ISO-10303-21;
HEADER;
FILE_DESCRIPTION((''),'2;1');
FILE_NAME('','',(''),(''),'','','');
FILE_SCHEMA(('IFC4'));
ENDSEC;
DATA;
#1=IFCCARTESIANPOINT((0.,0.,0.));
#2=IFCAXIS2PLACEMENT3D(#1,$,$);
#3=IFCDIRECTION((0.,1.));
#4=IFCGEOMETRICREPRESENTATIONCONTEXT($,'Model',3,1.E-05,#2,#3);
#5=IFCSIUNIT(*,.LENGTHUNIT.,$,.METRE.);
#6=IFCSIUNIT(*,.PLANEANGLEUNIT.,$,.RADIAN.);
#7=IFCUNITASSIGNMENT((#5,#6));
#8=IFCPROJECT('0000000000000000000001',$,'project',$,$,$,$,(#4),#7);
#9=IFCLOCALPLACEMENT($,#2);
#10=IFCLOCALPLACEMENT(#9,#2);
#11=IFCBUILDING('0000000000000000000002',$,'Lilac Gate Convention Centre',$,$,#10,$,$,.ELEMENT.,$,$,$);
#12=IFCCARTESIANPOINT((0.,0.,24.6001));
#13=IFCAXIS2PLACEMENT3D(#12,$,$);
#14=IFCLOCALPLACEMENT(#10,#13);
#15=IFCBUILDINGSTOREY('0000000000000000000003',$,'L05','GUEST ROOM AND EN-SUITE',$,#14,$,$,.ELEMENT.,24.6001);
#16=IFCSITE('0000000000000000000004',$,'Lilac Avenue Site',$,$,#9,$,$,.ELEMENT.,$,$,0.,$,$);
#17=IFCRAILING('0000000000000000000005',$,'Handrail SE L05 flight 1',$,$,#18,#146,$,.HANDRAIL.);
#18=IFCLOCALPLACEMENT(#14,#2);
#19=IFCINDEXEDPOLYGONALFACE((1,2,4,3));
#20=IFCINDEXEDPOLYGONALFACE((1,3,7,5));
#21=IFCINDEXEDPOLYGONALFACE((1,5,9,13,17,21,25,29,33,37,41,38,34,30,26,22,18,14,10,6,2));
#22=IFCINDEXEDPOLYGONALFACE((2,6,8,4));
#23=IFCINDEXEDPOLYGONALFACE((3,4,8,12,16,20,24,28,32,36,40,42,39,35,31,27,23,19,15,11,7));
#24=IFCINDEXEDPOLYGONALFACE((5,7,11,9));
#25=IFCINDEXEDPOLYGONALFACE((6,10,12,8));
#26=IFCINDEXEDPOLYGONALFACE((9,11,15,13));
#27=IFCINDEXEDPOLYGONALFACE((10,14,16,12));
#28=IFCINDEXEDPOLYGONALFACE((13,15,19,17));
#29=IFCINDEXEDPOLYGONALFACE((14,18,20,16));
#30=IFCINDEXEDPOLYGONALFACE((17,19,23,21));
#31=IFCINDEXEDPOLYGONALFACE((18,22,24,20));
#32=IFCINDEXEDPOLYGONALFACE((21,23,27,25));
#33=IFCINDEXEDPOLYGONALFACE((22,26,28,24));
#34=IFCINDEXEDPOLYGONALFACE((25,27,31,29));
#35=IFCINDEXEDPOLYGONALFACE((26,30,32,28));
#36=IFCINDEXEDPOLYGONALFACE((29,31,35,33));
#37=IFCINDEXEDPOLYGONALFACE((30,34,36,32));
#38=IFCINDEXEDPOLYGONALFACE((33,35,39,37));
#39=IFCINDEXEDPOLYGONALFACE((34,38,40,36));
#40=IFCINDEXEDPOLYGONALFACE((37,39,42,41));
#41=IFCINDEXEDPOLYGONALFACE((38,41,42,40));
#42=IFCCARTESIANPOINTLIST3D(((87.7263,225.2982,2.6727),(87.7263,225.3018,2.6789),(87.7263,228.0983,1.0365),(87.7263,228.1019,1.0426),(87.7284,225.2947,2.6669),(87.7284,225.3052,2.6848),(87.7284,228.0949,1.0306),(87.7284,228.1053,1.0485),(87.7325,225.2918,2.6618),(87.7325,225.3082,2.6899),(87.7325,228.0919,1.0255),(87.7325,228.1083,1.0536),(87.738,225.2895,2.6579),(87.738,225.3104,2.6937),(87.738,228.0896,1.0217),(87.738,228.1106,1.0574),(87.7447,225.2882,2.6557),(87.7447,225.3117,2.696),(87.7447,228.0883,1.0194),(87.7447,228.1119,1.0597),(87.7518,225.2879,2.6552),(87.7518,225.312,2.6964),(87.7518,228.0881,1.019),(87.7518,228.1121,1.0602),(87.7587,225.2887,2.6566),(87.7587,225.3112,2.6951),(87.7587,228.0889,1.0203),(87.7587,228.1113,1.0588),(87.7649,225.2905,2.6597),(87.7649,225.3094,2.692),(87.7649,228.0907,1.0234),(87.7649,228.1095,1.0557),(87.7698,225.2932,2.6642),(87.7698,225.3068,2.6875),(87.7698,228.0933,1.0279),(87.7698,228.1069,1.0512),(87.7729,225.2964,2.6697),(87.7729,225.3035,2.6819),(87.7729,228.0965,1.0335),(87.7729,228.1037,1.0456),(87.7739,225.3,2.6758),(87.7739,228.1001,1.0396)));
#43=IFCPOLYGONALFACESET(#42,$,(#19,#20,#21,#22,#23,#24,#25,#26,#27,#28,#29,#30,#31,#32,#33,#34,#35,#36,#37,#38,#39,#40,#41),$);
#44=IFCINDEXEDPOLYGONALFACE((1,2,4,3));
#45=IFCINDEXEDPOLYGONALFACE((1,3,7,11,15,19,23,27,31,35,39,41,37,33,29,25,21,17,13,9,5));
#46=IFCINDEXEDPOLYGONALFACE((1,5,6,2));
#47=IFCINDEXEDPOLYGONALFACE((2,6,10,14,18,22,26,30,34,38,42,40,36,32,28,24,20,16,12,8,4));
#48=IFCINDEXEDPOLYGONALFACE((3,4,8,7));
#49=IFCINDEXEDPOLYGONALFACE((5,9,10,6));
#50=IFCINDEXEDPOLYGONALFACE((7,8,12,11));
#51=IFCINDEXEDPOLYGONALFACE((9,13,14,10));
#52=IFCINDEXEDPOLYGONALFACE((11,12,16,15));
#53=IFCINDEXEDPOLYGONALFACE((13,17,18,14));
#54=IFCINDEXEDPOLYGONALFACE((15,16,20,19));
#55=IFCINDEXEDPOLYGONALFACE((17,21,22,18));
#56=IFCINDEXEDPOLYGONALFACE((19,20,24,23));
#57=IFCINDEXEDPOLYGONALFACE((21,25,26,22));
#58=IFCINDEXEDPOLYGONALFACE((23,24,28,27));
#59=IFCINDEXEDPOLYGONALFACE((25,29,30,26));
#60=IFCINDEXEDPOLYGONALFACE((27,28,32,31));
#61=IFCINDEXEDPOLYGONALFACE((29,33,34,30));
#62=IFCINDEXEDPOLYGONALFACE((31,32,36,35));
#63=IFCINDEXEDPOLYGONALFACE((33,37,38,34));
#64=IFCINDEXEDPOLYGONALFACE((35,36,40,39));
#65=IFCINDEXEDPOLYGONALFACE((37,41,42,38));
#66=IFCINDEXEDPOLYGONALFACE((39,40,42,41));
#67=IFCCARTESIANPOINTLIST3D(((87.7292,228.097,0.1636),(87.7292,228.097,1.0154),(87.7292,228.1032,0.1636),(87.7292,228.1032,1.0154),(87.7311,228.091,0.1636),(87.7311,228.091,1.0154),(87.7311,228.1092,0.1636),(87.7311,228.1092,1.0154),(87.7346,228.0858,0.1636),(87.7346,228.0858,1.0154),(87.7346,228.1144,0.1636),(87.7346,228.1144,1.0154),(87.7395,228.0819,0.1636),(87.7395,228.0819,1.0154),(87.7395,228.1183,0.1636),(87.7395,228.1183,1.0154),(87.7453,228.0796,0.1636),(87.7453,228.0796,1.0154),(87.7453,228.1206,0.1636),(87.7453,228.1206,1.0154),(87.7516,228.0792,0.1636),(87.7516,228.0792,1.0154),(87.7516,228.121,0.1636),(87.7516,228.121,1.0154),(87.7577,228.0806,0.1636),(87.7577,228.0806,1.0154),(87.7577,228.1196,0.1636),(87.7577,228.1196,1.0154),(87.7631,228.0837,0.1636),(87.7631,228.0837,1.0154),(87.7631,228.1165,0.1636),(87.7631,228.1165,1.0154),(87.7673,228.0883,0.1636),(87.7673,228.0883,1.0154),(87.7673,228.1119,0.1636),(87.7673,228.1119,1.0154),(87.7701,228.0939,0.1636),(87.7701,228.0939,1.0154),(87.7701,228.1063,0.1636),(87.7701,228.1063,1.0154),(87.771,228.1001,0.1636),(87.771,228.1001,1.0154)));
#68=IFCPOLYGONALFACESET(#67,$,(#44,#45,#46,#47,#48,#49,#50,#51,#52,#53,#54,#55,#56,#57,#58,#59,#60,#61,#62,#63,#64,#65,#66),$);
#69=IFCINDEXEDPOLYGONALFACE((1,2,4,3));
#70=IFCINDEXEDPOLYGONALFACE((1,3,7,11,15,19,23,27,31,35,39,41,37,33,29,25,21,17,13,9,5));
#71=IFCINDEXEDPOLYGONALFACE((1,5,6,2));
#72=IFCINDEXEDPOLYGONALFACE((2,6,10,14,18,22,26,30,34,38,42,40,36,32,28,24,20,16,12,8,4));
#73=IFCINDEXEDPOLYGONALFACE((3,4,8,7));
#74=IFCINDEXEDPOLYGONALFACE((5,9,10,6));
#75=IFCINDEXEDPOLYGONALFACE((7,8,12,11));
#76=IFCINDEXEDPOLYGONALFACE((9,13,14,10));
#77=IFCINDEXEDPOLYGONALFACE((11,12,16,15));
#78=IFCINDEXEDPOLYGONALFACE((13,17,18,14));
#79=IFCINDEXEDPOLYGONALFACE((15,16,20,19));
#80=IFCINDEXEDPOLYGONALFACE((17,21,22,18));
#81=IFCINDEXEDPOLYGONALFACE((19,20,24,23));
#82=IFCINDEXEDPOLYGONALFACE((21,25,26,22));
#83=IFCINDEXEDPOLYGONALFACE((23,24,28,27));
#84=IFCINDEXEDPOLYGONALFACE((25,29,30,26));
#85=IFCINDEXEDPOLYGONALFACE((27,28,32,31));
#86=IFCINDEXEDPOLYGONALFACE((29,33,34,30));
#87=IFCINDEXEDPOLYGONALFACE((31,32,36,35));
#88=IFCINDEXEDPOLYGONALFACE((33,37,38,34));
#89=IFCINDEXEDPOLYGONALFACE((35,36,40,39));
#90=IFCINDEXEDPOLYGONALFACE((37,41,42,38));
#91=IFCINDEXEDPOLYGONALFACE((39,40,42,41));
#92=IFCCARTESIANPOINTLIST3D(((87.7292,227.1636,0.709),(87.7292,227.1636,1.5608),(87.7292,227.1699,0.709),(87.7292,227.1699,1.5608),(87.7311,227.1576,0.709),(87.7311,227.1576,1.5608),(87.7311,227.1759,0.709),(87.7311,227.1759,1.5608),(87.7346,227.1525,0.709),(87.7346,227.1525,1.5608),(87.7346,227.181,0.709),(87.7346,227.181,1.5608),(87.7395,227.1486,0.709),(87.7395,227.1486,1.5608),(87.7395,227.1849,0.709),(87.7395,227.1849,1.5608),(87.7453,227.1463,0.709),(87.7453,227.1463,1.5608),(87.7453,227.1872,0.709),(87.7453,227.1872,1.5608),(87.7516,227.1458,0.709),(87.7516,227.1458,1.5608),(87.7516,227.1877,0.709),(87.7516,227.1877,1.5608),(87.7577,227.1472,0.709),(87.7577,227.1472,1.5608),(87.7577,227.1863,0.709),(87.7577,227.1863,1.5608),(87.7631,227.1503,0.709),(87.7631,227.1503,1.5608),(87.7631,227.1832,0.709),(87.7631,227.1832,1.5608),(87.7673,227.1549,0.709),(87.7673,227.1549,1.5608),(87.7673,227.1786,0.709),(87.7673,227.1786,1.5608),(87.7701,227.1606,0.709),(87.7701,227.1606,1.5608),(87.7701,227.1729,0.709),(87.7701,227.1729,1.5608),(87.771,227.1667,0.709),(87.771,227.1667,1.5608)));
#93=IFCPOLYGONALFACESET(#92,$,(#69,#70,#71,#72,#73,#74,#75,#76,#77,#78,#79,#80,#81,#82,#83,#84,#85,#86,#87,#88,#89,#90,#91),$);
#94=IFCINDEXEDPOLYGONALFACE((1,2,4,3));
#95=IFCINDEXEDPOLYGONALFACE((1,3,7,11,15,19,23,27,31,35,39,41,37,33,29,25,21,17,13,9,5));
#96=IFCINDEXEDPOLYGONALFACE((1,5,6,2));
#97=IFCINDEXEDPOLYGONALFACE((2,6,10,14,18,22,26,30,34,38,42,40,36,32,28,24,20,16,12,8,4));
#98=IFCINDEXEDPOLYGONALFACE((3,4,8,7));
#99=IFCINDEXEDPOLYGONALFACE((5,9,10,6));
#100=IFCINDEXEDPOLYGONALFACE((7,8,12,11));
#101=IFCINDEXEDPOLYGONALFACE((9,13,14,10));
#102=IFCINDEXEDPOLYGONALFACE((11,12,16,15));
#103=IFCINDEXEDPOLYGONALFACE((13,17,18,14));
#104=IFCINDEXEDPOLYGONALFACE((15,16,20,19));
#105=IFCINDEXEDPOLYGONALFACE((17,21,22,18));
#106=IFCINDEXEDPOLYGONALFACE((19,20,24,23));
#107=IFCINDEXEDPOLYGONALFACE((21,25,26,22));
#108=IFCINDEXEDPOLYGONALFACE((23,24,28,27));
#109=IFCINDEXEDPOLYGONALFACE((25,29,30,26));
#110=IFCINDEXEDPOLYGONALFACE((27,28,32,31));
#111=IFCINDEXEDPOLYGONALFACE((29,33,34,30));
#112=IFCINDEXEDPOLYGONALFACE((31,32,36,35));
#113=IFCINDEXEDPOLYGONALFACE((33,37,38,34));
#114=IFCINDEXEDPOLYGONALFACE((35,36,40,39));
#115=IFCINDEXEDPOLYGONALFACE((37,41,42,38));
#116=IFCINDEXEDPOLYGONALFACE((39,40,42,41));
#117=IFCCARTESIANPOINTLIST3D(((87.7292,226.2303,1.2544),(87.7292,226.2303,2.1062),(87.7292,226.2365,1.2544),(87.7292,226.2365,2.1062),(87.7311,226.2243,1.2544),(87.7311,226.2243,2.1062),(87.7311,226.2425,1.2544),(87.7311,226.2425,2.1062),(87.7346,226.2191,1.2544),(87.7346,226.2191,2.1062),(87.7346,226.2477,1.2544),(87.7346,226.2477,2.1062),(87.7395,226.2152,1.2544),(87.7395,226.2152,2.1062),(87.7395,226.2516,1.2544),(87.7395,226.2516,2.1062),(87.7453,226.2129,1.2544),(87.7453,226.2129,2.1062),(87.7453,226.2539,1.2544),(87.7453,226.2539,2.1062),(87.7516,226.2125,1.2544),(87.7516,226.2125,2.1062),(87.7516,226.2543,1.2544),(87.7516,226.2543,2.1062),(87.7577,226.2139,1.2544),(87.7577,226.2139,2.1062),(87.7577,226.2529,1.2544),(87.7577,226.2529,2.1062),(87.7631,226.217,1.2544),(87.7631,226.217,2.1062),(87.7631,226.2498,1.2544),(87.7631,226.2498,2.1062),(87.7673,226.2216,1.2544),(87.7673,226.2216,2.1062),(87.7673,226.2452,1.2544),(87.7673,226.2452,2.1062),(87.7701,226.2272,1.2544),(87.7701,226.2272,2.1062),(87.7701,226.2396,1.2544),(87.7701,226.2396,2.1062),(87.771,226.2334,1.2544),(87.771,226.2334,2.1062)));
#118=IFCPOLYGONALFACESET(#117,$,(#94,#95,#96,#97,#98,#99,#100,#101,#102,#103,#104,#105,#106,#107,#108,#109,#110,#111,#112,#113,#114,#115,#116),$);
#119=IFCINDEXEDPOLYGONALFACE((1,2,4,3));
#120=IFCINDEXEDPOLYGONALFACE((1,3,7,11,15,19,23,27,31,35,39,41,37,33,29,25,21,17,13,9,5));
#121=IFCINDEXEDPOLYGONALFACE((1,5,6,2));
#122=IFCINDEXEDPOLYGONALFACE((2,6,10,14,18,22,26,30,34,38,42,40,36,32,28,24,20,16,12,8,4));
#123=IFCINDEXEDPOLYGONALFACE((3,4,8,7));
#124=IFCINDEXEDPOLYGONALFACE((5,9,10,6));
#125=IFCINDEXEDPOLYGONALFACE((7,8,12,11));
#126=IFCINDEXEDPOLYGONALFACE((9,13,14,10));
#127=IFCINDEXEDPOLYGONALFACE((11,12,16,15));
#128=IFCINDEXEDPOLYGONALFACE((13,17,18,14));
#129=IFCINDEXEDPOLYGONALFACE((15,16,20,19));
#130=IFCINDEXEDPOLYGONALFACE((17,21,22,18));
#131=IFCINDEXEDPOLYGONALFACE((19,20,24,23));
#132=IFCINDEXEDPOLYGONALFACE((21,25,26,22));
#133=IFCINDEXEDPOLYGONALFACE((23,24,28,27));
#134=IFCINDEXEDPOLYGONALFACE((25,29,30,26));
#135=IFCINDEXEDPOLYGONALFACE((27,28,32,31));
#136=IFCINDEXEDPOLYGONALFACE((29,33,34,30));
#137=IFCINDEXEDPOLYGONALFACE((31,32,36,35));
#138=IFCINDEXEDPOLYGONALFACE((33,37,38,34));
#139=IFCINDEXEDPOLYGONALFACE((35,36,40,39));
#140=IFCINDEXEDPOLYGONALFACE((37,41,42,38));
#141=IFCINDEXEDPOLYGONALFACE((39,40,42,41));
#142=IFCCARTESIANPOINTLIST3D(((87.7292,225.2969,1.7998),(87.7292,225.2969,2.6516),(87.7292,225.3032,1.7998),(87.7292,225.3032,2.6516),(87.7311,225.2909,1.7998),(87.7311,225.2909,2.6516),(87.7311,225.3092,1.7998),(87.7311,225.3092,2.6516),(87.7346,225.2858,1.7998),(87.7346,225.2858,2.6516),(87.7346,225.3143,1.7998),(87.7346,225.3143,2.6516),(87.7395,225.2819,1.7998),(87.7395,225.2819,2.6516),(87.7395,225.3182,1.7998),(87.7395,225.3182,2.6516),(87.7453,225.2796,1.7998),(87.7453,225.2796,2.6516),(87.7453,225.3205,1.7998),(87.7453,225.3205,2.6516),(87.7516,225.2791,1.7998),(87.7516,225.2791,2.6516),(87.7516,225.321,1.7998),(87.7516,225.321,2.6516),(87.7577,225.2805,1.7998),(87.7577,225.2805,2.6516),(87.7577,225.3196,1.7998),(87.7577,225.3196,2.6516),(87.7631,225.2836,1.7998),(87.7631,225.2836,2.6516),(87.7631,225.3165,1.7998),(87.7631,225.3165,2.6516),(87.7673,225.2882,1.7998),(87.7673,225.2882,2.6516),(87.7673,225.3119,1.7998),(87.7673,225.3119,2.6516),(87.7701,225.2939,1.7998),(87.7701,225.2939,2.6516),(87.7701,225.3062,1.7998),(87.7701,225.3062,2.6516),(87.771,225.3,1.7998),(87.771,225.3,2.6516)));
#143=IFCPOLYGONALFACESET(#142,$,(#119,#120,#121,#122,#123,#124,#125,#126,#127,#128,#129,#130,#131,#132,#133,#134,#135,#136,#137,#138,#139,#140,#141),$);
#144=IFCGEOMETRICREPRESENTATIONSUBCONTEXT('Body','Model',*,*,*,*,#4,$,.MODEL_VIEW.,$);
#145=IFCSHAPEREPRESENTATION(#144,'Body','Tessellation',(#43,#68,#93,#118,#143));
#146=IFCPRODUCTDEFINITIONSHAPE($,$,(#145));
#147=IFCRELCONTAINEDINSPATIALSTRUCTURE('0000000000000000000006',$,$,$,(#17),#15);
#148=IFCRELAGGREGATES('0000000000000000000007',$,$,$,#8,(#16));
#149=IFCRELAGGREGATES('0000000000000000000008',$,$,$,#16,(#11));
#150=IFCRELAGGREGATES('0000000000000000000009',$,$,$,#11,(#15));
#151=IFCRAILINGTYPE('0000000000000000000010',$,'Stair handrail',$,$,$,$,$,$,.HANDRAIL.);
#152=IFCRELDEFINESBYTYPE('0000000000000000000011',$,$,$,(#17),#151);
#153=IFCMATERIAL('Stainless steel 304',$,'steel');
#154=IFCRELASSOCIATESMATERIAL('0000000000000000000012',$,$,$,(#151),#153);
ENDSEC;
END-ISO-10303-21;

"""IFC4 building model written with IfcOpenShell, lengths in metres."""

from ifc_helpers import new_model, si_unit, direction, frame, origin, origin_2d, place, context, subcontext, project, spatial, circle, extrude, material, type_object, element, save


model = new_model("IFC4")

# Units and contexts
model_context = context("Model", 3, precision=1e-05, world=origin(), true_north=direction((0.0, 1.0)))
body_context = subcontext(model_context, "Body", "Model", "MODEL_VIEW")
ifc_project = project(units=[si_unit("LENGTHUNIT", "METRE"), si_unit("PLANEANGLEUNIT", "RADIAN")], contexts=[model_context])

# Site, building, storey
site_placement = place(None, origin())
site = spatial("IfcSite", under=ifc_project, at=site_placement, Name="Lilac Avenue Site", CompositionType="ELEMENT", RefElevation=0.0)
building_placement = place(site_placement, origin())
building = spatial("IfcBuilding", under=site, at=building_placement, Name="Lilac Gate Convention Centre", CompositionType="ELEMENT")
storey_placement = place(building_placement, frame((0.0, 0.0, 24.6001)))
storey = spatial("IfcBuildingStorey", under=building, at=storey_placement, Name="L05", Description="GUEST ROOM AND EN-SUITE", CompositionType="ELEMENT", Elevation=24.6001)

# Railing
ifc_material_1 = material(Name="Stainless steel 304", Category="steel")
railing_type = type_object("IfcRailingType", Name="Stair handrail", PredefinedType="HANDRAIL", material=ifc_material_1)
for number, where, name in (
    (1, (87.75, 228.1001, 0.1636), "Handrail SE L05 flight 1"),
):
    element("IfcRailing", number, at=place(storey_placement, frame(where)), inside=storey, type_object=railing_type, Name=name, PredefinedType="HANDRAIL", context=body_context, shape_type="SweptSolid", body=[
        extrude(circle(Radius=0.0239, at=origin_2d()), frame((0.0, 0.0, 0.876), z_axis=(0.0, -0.863394, 0.504531), x_axis=(1.0, 0.0, 0.0)), (0.0, 0.0, 1.0), 3.2432),
        extrude(circle(Radius=0.021, at=origin_2d()), origin(), (0.0, 0.0, 1.0), 0.8518),
        extrude(circle(Radius=0.021, at=origin_2d()), frame((0.0, -0.9333, 0.5454)), (0.0, 0.0, 1.0), 0.8518),
        extrude(circle(Radius=0.021, at=origin_2d()), frame((0.0, -1.8667, 1.0908)), (0.0, 0.0, 1.0), 0.8518),
        extrude(circle(Radius=0.021, at=origin_2d()), frame((0.0, -2.8, 1.6362)), (0.0, 0.0, 1.0), 0.8518),
    ])

save(model, "model.ifc")
